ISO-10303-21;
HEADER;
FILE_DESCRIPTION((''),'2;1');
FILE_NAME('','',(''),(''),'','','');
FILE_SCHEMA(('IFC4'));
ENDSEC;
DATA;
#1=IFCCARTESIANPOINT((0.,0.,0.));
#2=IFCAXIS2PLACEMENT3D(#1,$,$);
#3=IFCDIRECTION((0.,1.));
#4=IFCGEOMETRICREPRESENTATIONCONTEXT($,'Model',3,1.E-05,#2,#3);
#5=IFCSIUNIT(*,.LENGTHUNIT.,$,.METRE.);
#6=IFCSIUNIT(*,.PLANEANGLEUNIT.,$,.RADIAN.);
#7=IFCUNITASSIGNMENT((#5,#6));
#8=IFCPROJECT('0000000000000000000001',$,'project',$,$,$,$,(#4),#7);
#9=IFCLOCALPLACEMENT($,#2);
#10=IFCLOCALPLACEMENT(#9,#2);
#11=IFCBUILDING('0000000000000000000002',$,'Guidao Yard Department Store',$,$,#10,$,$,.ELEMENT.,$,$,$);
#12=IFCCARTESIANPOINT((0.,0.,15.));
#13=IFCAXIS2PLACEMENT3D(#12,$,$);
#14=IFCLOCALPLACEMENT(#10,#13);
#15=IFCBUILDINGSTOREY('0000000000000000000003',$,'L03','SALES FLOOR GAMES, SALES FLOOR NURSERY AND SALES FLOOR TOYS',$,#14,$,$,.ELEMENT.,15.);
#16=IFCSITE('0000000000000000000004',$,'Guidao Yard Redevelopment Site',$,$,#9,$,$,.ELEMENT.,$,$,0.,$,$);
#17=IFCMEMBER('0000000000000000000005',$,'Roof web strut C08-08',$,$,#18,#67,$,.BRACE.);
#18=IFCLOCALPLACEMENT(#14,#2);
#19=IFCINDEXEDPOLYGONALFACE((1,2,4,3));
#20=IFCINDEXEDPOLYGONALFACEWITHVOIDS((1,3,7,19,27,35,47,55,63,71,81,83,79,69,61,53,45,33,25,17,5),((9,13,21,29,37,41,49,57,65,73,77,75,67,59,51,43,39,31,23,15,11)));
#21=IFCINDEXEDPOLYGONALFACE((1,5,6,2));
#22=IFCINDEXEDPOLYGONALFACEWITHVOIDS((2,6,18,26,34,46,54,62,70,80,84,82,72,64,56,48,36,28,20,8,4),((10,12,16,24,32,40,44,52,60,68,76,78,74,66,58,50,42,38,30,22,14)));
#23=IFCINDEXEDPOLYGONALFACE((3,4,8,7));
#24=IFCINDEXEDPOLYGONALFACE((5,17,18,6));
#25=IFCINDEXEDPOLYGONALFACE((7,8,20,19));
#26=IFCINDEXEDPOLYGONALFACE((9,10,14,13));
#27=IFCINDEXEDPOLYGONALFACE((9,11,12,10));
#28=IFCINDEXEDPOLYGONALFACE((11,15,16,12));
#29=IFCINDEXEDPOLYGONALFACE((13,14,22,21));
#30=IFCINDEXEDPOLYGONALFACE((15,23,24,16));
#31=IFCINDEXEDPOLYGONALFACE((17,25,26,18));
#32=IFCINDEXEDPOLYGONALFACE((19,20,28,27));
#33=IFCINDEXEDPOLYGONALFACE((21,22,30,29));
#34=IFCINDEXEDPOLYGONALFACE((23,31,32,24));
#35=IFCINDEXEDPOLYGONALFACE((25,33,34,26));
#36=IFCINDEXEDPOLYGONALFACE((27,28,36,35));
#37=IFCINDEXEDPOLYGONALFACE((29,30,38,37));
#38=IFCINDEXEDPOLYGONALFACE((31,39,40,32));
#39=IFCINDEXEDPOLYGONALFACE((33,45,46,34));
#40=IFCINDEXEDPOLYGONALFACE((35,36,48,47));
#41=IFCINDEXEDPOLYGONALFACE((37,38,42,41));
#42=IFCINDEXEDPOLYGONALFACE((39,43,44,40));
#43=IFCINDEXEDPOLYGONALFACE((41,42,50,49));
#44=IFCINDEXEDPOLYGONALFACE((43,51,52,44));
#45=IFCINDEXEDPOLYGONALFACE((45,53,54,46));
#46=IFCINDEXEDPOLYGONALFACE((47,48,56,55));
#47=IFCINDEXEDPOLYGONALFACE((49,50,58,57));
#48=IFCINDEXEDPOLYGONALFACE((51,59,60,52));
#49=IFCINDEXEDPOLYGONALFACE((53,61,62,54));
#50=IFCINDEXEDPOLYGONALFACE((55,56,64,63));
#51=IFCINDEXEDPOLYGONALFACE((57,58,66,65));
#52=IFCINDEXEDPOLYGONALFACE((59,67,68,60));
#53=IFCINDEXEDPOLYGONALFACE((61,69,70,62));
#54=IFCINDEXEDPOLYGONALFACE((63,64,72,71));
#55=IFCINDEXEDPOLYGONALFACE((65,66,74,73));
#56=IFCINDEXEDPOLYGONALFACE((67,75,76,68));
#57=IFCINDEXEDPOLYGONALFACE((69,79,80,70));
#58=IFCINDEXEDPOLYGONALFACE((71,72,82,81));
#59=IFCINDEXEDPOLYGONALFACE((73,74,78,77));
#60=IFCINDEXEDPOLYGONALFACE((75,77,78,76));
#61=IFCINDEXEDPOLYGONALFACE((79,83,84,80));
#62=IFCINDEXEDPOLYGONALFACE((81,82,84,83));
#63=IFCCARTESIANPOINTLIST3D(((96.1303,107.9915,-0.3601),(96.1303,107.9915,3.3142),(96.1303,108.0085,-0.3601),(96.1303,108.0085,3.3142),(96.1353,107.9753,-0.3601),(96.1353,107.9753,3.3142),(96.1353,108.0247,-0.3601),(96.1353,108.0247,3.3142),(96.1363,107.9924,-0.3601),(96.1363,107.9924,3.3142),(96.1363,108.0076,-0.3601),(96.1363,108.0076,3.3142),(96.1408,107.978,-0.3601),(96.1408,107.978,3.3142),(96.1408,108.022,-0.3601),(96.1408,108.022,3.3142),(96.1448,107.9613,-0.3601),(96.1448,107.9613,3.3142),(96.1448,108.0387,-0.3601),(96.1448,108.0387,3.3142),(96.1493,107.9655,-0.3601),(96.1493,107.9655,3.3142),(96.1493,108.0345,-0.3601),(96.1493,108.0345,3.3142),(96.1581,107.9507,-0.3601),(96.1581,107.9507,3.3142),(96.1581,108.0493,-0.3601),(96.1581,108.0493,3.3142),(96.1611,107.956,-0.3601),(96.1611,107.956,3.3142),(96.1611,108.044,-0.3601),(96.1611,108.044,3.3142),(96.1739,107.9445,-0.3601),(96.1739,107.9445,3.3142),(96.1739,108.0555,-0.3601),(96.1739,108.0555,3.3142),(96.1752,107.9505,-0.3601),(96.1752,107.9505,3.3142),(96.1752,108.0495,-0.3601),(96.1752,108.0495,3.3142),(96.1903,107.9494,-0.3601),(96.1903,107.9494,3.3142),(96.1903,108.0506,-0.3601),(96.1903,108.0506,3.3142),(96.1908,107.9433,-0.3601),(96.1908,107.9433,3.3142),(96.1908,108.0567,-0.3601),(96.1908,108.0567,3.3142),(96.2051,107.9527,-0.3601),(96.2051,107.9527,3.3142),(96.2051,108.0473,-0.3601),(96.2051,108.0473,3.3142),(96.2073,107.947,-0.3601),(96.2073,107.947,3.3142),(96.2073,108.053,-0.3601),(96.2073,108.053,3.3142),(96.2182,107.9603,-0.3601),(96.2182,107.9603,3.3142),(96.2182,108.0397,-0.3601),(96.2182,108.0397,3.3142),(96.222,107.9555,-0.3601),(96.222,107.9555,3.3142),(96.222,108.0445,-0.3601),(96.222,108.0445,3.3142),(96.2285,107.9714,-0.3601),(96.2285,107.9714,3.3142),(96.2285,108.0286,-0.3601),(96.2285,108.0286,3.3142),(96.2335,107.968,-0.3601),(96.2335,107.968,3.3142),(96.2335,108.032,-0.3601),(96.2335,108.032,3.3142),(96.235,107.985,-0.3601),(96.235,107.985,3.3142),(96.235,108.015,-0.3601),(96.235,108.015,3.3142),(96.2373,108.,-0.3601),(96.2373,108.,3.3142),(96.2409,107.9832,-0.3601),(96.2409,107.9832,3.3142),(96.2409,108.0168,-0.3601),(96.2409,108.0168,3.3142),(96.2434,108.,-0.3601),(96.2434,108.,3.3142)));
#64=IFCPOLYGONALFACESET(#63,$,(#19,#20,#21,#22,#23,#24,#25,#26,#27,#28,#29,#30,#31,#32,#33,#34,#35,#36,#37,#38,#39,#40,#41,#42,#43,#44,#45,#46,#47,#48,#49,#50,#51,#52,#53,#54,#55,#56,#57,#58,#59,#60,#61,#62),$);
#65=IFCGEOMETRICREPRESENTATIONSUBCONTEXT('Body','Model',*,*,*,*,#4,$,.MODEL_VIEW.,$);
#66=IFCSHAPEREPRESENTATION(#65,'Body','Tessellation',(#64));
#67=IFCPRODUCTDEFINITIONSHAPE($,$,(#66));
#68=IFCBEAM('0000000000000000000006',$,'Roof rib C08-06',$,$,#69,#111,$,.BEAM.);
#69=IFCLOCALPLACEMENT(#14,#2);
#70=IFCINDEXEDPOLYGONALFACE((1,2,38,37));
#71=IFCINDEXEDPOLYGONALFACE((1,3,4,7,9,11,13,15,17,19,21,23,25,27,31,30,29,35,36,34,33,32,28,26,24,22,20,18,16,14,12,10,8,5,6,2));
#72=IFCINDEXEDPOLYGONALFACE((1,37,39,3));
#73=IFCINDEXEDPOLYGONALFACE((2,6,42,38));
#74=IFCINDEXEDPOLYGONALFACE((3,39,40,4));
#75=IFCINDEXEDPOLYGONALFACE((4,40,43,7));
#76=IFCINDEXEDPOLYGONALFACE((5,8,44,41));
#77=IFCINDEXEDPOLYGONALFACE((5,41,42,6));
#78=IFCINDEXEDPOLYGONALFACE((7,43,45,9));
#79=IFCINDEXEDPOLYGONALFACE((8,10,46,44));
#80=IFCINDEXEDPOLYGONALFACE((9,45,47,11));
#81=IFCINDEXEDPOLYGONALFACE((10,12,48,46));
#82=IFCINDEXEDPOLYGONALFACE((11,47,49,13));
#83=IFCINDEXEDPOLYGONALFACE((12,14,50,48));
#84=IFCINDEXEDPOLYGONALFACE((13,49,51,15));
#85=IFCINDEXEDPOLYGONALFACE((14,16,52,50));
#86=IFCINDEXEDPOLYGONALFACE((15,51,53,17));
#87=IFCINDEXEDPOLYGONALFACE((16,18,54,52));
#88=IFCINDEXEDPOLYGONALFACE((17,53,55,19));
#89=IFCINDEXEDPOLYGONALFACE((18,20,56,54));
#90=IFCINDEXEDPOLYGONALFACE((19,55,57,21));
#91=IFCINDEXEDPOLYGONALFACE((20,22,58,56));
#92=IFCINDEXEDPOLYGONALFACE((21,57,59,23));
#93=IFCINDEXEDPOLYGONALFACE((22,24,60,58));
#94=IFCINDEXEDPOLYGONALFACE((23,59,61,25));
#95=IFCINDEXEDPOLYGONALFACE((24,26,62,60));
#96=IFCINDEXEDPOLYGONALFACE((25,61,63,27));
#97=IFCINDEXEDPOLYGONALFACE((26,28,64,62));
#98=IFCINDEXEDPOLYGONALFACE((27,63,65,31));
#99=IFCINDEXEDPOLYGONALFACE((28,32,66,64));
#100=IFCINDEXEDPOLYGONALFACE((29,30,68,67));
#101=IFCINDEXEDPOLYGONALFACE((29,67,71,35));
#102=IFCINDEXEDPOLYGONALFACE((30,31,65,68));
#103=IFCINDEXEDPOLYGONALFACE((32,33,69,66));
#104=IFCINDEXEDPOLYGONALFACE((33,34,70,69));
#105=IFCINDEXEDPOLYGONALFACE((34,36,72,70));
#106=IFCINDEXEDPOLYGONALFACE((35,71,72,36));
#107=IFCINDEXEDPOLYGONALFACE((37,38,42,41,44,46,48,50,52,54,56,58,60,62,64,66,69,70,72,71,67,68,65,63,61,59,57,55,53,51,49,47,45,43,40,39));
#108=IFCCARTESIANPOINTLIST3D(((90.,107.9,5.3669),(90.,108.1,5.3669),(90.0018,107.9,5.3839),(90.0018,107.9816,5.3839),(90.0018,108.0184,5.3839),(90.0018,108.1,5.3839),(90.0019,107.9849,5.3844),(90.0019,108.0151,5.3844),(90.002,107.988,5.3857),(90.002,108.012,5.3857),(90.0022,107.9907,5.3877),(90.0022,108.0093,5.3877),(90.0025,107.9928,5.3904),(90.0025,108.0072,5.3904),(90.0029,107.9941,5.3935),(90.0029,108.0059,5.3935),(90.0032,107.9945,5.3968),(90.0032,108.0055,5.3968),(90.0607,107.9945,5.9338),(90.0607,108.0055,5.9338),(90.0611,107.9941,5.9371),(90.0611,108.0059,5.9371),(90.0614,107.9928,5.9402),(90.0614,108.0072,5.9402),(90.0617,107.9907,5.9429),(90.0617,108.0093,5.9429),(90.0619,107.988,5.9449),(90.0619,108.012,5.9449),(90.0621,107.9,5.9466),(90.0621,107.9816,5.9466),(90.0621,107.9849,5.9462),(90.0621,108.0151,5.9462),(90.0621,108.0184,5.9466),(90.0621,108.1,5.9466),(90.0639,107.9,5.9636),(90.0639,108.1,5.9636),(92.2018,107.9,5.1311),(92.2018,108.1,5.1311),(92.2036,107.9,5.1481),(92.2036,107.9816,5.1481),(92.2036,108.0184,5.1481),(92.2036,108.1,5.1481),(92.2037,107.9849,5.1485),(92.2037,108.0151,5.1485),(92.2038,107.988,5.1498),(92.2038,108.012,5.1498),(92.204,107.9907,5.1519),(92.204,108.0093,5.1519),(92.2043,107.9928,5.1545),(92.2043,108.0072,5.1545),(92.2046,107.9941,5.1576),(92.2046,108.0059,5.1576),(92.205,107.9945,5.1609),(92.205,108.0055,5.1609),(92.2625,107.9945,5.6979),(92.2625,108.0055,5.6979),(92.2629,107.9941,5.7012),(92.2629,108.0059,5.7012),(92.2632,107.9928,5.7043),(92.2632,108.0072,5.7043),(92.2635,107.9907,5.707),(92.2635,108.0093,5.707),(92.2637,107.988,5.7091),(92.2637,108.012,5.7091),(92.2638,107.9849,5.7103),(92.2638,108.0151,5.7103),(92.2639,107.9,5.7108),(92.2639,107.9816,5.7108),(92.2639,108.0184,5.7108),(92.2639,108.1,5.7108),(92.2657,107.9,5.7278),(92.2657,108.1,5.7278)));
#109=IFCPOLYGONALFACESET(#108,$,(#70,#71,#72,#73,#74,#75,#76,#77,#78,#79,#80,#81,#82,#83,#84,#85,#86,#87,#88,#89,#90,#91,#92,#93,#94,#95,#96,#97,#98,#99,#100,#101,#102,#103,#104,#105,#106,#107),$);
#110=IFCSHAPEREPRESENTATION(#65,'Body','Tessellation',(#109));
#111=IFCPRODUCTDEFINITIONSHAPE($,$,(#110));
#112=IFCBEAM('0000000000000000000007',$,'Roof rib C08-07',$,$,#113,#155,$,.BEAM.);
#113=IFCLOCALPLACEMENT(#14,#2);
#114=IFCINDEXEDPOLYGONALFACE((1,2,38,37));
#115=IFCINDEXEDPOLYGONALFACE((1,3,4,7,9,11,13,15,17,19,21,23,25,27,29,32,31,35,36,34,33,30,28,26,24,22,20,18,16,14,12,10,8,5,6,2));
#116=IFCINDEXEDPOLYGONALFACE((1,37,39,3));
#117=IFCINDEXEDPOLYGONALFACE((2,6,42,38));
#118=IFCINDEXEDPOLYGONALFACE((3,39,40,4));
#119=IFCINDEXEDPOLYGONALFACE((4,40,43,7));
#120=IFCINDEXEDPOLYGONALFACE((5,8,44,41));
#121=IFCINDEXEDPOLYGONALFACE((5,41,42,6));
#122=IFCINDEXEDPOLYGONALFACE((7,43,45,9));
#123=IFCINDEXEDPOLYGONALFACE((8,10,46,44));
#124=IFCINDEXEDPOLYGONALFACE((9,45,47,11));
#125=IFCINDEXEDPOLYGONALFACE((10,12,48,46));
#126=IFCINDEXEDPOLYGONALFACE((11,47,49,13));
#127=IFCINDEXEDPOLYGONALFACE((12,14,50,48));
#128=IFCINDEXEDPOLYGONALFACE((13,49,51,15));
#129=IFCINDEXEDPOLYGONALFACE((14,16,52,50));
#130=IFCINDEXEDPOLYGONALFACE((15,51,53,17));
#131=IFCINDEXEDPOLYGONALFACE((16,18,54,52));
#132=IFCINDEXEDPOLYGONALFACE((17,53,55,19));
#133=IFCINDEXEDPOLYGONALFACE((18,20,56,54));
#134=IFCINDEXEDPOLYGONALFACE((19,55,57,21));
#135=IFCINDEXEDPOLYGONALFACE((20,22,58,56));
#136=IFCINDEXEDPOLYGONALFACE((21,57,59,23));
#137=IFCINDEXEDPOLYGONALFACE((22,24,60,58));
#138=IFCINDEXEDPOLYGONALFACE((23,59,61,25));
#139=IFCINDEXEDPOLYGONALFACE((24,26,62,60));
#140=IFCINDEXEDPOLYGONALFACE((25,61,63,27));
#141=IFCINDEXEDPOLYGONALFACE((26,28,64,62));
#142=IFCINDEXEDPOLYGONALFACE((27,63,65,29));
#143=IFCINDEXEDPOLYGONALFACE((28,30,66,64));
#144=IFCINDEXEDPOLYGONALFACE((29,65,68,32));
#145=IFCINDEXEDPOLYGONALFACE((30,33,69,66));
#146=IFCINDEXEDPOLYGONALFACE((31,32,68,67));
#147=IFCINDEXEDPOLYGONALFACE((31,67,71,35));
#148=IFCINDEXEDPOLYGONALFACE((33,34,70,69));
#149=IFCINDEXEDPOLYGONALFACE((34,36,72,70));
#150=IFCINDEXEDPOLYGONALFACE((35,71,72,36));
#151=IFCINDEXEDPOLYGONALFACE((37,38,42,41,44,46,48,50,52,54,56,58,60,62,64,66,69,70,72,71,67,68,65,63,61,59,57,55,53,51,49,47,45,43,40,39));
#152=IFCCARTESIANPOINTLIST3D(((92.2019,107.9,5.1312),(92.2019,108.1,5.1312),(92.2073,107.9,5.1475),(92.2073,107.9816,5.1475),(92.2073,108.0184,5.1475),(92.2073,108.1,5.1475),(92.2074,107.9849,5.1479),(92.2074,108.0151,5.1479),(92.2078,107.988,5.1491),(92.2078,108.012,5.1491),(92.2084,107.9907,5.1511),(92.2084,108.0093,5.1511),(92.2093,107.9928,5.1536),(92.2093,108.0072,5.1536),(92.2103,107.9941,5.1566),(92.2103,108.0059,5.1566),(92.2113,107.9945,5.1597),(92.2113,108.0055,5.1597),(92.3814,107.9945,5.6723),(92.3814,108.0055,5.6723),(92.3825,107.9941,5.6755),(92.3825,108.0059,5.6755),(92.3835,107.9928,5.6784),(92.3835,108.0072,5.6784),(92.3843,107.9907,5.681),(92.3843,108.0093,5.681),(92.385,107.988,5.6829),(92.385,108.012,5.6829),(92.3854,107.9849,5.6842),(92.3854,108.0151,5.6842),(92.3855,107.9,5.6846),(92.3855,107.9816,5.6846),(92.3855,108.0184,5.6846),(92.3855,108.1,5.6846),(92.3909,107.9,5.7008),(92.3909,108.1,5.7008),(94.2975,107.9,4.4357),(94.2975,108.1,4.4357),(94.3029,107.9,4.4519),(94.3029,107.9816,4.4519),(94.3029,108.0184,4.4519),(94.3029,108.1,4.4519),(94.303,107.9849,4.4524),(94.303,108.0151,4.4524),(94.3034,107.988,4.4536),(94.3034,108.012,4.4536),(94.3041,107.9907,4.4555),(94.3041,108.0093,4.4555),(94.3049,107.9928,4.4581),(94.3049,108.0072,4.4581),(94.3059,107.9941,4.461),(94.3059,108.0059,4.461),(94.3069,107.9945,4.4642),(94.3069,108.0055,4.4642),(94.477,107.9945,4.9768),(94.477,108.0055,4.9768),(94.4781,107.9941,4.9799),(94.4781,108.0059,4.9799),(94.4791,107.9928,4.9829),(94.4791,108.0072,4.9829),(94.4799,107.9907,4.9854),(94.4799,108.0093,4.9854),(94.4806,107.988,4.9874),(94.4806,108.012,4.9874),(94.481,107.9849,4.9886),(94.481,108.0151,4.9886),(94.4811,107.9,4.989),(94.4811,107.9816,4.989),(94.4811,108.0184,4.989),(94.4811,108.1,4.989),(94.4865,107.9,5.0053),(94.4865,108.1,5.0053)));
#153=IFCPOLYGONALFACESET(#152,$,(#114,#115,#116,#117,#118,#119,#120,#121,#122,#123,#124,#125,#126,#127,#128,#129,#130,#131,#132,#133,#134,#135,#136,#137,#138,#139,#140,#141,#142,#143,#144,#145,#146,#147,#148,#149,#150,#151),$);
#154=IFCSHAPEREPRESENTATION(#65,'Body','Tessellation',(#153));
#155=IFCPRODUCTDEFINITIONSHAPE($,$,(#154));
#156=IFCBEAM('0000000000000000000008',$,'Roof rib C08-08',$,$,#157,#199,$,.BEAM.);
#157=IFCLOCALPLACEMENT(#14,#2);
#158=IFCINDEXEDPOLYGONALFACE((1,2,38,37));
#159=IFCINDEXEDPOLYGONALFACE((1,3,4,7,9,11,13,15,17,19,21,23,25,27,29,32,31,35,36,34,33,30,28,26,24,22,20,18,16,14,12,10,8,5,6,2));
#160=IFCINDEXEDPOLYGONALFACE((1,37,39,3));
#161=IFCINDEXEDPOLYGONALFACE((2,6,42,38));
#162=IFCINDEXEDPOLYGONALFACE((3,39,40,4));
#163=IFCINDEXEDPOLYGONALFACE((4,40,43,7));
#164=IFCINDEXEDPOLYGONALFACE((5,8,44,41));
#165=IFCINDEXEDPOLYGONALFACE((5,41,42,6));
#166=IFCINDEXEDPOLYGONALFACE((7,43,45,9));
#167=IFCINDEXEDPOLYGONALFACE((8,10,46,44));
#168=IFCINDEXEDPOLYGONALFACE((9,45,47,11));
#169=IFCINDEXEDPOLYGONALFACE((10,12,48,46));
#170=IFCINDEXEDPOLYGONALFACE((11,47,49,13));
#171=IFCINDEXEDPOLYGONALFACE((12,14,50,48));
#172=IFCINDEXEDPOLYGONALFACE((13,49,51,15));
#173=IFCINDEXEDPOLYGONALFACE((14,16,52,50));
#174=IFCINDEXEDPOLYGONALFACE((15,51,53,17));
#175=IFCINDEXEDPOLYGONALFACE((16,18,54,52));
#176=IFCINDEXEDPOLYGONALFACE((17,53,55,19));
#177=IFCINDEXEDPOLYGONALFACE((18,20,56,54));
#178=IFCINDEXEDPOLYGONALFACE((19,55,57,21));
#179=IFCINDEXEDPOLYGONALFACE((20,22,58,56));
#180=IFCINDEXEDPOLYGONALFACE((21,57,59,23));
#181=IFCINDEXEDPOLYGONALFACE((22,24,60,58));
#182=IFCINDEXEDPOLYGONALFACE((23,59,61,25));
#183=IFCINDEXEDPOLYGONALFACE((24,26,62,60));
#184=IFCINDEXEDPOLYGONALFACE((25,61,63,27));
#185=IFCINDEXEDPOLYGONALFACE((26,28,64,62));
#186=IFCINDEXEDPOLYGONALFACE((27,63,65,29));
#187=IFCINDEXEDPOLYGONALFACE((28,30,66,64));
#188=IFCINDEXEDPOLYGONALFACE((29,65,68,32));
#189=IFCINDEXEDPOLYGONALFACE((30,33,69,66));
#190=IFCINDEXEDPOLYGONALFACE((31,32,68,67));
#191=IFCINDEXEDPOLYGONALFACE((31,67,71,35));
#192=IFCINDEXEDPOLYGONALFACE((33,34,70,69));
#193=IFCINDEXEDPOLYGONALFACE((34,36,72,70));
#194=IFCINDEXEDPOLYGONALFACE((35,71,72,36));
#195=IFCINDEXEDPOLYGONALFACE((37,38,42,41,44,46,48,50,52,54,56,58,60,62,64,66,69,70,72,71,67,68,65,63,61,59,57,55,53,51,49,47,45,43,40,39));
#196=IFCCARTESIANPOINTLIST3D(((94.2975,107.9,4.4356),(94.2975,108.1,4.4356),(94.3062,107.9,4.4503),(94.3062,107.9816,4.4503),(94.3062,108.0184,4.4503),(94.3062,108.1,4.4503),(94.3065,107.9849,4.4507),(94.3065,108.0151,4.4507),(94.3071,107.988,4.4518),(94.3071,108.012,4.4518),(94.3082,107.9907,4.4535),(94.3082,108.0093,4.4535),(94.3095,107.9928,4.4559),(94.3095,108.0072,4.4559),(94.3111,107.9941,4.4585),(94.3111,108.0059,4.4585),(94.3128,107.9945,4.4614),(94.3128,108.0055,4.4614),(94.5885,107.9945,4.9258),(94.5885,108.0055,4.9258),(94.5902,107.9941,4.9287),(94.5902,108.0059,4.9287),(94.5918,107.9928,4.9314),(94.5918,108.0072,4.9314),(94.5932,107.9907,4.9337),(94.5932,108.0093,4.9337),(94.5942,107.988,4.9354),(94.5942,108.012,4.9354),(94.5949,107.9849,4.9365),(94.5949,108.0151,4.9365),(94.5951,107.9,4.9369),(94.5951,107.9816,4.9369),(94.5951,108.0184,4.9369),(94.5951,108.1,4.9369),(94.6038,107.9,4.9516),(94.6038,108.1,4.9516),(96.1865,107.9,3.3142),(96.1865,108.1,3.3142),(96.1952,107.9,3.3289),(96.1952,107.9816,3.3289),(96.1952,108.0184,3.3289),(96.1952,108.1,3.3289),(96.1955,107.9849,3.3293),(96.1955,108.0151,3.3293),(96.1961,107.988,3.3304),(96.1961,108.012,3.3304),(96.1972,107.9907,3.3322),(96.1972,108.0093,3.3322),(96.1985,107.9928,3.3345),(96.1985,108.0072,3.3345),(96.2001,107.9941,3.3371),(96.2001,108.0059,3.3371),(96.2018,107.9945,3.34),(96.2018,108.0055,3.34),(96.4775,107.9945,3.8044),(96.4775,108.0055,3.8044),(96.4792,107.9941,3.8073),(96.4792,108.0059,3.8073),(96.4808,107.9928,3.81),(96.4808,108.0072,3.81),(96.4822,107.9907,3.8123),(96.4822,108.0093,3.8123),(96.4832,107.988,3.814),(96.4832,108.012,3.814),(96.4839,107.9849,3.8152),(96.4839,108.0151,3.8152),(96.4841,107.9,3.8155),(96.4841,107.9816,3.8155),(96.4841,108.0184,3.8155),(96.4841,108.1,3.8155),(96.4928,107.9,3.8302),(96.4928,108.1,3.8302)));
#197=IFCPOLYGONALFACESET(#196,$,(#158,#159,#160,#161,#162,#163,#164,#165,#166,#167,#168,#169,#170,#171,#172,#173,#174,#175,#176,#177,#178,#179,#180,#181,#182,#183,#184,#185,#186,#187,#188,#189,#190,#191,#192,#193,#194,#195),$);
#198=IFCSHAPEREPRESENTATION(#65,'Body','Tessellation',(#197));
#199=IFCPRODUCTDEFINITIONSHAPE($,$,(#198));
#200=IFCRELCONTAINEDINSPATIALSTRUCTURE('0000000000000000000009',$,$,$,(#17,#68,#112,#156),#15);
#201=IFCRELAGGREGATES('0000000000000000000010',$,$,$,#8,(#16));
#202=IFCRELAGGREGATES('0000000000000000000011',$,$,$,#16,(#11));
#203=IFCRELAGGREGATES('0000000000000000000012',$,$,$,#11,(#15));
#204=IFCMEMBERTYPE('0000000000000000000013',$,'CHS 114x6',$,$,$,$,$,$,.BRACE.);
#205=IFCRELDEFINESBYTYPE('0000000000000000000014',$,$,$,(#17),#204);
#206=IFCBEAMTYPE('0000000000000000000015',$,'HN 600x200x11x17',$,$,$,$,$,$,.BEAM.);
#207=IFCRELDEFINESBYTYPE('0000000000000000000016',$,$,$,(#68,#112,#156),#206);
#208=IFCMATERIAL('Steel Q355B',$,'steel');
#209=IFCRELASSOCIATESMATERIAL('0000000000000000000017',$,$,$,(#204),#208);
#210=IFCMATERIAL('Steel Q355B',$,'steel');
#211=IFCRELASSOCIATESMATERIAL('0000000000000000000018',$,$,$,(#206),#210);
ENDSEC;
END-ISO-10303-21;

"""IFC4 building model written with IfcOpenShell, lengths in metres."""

from ifc_helpers import new_model, si_unit, direction, frame, origin, origin_2d, place, context, subcontext, project, spatial, hollow_circle, i_section, extrude, material, material_profile, profile_set, type_object, element, save


model = new_model("IFC4")

# Units and contexts
model_context = context("Model", 3, precision=1e-05, world=origin(), true_north=direction((0.0, 1.0)))
body_context = subcontext(model_context, "Body", "Model", "MODEL_VIEW")
ifc_project = project(units=[si_unit("LENGTHUNIT", "METRE"), si_unit("PLANEANGLEUNIT", "RADIAN")], contexts=[model_context])

# Site, building, storey
site_placement = place(None, origin())
site = spatial("IfcSite", under=ifc_project, at=site_placement, Name="Guidao Yard Redevelopment Site", CompositionType="ELEMENT", RefElevation=0.0)
building_placement = place(site_placement, origin())
building = spatial("IfcBuilding", under=site, at=building_placement, Name="Guidao Yard Department Store", CompositionType="ELEMENT")
storey_placement = place(building_placement, frame((0.0, 0.0, 15.0)))
storey = spatial("IfcBuildingStorey", under=building, at=storey_placement, Name="L03", Description="SALES FLOOR GAMES, SALES FLOOR NURSERY AND SALES FLOOR TOYS", CompositionType="ELEMENT", Elevation=15.0)

# Member
ifc_material_1 = material(Name="Steel Q355B", Category="steel")
ifc_material_profile_1 = material_profile(ifc_material_1, hollow_circle(Radius=0.0569, WallThickness=0.0061, at=origin_2d()), Name="CHS 114x6")
ifc_profile_set_1 = profile_set([ifc_material_profile_1], Name="Steel Q355B")
member_type_1 = type_object("IfcMemberType", Name="CHS 114x6", PredefinedType="BRACE", material=ifc_profile_set_1)
member_1_placement = place(storey_placement, frame((96.1865, 108.0, -0.3601), z_axis=(0.0, 0.0, 1.0), x_axis=(1.0, 0.0, 0.0)))
element("IfcMember", 1, at=member_1_placement, inside=storey, type_object=member_type_1, Name="Roof web strut C08-08", PredefinedType="BRACE", context=body_context, shape_type="SweptSolid", body=[
    extrude(hollow_circle(Radius=0.0569, WallThickness=0.0061, at=origin_2d()), origin(), (0.0, 0.0, 1.0), 3.6743),
])

# Beams
ifc_material_2 = material(Name="Steel Q355B", Category="steel")
ifc_material_profile_2 = material_profile(ifc_material_2, i_section(OverallWidth=0.2, OverallDepth=0.6001, WebThickness=0.011, FlangeThickness=0.0171, FilletRadius=0.0129, at=origin_2d()), Name="HN 600x200x11x17")
ifc_profile_set_2 = profile_set([ifc_material_profile_2], Name="Steel Q355B")
beam_type = type_object("IfcBeamType", Name="HN 600x200x11x17", PredefinedType="BEAM", material=ifc_profile_set_2)
beam_1_placement = place(storey_placement, frame((90.032, 108.0, 5.6653), z_axis=(0.994312, 0.0, -0.10651), x_axis=(0.0, 1.0, 0.0)))
element("IfcBeam", 2, at=beam_1_placement, inside=storey, type_object=beam_type, Name="Roof rib C08-06", PredefinedType="BEAM", context=body_context, shape_type="SweptSolid", body=[
    extrude(i_section(OverallWidth=0.2, OverallDepth=0.6001, WebThickness=0.011, FlangeThickness=0.0171, FilletRadius=0.0129, at=origin_2d()), origin(), (0.0, 0.0, 1.0), 2.2144),
])
beam_2_placement = place(storey_placement, frame((92.2964, 108.0, 5.416), z_axis=(0.949092, 0.0, -0.315), x_axis=(0.0, 1.0, 0.0)))
element("IfcBeam", 3, at=beam_2_placement, inside=storey, type_object=beam_type, Name="Roof rib C08-07", PredefinedType="BEAM", context=body_context, shape_type="SweptSolid", body=[
    extrude(i_section(OverallWidth=0.2, OverallDepth=0.6001, WebThickness=0.011, FlangeThickness=0.0171, FilletRadius=0.0129, at=origin_2d()), origin(), (0.0, 0.0, 1.0), 2.208),
])
beam_3_placement = place(storey_placement, frame((94.4507, 108.0, 4.6936), z_axis=(0.859896, 0.0, -0.510469), x_axis=(0.0, 1.0, 0.0)))
element("IfcBeam", 4, at=beam_3_placement, inside=storey, type_object=beam_type, Name="Roof rib C08-08", PredefinedType="BEAM", context=body_context, shape_type="SweptSolid", body=[
    extrude(i_section(OverallWidth=0.2, OverallDepth=0.6001, WebThickness=0.011, FlangeThickness=0.0171, FilletRadius=0.0129, at=origin_2d()), origin(), (0.0, 0.0, 1.0), 2.1968),
])

save(model, "model.ifc")
